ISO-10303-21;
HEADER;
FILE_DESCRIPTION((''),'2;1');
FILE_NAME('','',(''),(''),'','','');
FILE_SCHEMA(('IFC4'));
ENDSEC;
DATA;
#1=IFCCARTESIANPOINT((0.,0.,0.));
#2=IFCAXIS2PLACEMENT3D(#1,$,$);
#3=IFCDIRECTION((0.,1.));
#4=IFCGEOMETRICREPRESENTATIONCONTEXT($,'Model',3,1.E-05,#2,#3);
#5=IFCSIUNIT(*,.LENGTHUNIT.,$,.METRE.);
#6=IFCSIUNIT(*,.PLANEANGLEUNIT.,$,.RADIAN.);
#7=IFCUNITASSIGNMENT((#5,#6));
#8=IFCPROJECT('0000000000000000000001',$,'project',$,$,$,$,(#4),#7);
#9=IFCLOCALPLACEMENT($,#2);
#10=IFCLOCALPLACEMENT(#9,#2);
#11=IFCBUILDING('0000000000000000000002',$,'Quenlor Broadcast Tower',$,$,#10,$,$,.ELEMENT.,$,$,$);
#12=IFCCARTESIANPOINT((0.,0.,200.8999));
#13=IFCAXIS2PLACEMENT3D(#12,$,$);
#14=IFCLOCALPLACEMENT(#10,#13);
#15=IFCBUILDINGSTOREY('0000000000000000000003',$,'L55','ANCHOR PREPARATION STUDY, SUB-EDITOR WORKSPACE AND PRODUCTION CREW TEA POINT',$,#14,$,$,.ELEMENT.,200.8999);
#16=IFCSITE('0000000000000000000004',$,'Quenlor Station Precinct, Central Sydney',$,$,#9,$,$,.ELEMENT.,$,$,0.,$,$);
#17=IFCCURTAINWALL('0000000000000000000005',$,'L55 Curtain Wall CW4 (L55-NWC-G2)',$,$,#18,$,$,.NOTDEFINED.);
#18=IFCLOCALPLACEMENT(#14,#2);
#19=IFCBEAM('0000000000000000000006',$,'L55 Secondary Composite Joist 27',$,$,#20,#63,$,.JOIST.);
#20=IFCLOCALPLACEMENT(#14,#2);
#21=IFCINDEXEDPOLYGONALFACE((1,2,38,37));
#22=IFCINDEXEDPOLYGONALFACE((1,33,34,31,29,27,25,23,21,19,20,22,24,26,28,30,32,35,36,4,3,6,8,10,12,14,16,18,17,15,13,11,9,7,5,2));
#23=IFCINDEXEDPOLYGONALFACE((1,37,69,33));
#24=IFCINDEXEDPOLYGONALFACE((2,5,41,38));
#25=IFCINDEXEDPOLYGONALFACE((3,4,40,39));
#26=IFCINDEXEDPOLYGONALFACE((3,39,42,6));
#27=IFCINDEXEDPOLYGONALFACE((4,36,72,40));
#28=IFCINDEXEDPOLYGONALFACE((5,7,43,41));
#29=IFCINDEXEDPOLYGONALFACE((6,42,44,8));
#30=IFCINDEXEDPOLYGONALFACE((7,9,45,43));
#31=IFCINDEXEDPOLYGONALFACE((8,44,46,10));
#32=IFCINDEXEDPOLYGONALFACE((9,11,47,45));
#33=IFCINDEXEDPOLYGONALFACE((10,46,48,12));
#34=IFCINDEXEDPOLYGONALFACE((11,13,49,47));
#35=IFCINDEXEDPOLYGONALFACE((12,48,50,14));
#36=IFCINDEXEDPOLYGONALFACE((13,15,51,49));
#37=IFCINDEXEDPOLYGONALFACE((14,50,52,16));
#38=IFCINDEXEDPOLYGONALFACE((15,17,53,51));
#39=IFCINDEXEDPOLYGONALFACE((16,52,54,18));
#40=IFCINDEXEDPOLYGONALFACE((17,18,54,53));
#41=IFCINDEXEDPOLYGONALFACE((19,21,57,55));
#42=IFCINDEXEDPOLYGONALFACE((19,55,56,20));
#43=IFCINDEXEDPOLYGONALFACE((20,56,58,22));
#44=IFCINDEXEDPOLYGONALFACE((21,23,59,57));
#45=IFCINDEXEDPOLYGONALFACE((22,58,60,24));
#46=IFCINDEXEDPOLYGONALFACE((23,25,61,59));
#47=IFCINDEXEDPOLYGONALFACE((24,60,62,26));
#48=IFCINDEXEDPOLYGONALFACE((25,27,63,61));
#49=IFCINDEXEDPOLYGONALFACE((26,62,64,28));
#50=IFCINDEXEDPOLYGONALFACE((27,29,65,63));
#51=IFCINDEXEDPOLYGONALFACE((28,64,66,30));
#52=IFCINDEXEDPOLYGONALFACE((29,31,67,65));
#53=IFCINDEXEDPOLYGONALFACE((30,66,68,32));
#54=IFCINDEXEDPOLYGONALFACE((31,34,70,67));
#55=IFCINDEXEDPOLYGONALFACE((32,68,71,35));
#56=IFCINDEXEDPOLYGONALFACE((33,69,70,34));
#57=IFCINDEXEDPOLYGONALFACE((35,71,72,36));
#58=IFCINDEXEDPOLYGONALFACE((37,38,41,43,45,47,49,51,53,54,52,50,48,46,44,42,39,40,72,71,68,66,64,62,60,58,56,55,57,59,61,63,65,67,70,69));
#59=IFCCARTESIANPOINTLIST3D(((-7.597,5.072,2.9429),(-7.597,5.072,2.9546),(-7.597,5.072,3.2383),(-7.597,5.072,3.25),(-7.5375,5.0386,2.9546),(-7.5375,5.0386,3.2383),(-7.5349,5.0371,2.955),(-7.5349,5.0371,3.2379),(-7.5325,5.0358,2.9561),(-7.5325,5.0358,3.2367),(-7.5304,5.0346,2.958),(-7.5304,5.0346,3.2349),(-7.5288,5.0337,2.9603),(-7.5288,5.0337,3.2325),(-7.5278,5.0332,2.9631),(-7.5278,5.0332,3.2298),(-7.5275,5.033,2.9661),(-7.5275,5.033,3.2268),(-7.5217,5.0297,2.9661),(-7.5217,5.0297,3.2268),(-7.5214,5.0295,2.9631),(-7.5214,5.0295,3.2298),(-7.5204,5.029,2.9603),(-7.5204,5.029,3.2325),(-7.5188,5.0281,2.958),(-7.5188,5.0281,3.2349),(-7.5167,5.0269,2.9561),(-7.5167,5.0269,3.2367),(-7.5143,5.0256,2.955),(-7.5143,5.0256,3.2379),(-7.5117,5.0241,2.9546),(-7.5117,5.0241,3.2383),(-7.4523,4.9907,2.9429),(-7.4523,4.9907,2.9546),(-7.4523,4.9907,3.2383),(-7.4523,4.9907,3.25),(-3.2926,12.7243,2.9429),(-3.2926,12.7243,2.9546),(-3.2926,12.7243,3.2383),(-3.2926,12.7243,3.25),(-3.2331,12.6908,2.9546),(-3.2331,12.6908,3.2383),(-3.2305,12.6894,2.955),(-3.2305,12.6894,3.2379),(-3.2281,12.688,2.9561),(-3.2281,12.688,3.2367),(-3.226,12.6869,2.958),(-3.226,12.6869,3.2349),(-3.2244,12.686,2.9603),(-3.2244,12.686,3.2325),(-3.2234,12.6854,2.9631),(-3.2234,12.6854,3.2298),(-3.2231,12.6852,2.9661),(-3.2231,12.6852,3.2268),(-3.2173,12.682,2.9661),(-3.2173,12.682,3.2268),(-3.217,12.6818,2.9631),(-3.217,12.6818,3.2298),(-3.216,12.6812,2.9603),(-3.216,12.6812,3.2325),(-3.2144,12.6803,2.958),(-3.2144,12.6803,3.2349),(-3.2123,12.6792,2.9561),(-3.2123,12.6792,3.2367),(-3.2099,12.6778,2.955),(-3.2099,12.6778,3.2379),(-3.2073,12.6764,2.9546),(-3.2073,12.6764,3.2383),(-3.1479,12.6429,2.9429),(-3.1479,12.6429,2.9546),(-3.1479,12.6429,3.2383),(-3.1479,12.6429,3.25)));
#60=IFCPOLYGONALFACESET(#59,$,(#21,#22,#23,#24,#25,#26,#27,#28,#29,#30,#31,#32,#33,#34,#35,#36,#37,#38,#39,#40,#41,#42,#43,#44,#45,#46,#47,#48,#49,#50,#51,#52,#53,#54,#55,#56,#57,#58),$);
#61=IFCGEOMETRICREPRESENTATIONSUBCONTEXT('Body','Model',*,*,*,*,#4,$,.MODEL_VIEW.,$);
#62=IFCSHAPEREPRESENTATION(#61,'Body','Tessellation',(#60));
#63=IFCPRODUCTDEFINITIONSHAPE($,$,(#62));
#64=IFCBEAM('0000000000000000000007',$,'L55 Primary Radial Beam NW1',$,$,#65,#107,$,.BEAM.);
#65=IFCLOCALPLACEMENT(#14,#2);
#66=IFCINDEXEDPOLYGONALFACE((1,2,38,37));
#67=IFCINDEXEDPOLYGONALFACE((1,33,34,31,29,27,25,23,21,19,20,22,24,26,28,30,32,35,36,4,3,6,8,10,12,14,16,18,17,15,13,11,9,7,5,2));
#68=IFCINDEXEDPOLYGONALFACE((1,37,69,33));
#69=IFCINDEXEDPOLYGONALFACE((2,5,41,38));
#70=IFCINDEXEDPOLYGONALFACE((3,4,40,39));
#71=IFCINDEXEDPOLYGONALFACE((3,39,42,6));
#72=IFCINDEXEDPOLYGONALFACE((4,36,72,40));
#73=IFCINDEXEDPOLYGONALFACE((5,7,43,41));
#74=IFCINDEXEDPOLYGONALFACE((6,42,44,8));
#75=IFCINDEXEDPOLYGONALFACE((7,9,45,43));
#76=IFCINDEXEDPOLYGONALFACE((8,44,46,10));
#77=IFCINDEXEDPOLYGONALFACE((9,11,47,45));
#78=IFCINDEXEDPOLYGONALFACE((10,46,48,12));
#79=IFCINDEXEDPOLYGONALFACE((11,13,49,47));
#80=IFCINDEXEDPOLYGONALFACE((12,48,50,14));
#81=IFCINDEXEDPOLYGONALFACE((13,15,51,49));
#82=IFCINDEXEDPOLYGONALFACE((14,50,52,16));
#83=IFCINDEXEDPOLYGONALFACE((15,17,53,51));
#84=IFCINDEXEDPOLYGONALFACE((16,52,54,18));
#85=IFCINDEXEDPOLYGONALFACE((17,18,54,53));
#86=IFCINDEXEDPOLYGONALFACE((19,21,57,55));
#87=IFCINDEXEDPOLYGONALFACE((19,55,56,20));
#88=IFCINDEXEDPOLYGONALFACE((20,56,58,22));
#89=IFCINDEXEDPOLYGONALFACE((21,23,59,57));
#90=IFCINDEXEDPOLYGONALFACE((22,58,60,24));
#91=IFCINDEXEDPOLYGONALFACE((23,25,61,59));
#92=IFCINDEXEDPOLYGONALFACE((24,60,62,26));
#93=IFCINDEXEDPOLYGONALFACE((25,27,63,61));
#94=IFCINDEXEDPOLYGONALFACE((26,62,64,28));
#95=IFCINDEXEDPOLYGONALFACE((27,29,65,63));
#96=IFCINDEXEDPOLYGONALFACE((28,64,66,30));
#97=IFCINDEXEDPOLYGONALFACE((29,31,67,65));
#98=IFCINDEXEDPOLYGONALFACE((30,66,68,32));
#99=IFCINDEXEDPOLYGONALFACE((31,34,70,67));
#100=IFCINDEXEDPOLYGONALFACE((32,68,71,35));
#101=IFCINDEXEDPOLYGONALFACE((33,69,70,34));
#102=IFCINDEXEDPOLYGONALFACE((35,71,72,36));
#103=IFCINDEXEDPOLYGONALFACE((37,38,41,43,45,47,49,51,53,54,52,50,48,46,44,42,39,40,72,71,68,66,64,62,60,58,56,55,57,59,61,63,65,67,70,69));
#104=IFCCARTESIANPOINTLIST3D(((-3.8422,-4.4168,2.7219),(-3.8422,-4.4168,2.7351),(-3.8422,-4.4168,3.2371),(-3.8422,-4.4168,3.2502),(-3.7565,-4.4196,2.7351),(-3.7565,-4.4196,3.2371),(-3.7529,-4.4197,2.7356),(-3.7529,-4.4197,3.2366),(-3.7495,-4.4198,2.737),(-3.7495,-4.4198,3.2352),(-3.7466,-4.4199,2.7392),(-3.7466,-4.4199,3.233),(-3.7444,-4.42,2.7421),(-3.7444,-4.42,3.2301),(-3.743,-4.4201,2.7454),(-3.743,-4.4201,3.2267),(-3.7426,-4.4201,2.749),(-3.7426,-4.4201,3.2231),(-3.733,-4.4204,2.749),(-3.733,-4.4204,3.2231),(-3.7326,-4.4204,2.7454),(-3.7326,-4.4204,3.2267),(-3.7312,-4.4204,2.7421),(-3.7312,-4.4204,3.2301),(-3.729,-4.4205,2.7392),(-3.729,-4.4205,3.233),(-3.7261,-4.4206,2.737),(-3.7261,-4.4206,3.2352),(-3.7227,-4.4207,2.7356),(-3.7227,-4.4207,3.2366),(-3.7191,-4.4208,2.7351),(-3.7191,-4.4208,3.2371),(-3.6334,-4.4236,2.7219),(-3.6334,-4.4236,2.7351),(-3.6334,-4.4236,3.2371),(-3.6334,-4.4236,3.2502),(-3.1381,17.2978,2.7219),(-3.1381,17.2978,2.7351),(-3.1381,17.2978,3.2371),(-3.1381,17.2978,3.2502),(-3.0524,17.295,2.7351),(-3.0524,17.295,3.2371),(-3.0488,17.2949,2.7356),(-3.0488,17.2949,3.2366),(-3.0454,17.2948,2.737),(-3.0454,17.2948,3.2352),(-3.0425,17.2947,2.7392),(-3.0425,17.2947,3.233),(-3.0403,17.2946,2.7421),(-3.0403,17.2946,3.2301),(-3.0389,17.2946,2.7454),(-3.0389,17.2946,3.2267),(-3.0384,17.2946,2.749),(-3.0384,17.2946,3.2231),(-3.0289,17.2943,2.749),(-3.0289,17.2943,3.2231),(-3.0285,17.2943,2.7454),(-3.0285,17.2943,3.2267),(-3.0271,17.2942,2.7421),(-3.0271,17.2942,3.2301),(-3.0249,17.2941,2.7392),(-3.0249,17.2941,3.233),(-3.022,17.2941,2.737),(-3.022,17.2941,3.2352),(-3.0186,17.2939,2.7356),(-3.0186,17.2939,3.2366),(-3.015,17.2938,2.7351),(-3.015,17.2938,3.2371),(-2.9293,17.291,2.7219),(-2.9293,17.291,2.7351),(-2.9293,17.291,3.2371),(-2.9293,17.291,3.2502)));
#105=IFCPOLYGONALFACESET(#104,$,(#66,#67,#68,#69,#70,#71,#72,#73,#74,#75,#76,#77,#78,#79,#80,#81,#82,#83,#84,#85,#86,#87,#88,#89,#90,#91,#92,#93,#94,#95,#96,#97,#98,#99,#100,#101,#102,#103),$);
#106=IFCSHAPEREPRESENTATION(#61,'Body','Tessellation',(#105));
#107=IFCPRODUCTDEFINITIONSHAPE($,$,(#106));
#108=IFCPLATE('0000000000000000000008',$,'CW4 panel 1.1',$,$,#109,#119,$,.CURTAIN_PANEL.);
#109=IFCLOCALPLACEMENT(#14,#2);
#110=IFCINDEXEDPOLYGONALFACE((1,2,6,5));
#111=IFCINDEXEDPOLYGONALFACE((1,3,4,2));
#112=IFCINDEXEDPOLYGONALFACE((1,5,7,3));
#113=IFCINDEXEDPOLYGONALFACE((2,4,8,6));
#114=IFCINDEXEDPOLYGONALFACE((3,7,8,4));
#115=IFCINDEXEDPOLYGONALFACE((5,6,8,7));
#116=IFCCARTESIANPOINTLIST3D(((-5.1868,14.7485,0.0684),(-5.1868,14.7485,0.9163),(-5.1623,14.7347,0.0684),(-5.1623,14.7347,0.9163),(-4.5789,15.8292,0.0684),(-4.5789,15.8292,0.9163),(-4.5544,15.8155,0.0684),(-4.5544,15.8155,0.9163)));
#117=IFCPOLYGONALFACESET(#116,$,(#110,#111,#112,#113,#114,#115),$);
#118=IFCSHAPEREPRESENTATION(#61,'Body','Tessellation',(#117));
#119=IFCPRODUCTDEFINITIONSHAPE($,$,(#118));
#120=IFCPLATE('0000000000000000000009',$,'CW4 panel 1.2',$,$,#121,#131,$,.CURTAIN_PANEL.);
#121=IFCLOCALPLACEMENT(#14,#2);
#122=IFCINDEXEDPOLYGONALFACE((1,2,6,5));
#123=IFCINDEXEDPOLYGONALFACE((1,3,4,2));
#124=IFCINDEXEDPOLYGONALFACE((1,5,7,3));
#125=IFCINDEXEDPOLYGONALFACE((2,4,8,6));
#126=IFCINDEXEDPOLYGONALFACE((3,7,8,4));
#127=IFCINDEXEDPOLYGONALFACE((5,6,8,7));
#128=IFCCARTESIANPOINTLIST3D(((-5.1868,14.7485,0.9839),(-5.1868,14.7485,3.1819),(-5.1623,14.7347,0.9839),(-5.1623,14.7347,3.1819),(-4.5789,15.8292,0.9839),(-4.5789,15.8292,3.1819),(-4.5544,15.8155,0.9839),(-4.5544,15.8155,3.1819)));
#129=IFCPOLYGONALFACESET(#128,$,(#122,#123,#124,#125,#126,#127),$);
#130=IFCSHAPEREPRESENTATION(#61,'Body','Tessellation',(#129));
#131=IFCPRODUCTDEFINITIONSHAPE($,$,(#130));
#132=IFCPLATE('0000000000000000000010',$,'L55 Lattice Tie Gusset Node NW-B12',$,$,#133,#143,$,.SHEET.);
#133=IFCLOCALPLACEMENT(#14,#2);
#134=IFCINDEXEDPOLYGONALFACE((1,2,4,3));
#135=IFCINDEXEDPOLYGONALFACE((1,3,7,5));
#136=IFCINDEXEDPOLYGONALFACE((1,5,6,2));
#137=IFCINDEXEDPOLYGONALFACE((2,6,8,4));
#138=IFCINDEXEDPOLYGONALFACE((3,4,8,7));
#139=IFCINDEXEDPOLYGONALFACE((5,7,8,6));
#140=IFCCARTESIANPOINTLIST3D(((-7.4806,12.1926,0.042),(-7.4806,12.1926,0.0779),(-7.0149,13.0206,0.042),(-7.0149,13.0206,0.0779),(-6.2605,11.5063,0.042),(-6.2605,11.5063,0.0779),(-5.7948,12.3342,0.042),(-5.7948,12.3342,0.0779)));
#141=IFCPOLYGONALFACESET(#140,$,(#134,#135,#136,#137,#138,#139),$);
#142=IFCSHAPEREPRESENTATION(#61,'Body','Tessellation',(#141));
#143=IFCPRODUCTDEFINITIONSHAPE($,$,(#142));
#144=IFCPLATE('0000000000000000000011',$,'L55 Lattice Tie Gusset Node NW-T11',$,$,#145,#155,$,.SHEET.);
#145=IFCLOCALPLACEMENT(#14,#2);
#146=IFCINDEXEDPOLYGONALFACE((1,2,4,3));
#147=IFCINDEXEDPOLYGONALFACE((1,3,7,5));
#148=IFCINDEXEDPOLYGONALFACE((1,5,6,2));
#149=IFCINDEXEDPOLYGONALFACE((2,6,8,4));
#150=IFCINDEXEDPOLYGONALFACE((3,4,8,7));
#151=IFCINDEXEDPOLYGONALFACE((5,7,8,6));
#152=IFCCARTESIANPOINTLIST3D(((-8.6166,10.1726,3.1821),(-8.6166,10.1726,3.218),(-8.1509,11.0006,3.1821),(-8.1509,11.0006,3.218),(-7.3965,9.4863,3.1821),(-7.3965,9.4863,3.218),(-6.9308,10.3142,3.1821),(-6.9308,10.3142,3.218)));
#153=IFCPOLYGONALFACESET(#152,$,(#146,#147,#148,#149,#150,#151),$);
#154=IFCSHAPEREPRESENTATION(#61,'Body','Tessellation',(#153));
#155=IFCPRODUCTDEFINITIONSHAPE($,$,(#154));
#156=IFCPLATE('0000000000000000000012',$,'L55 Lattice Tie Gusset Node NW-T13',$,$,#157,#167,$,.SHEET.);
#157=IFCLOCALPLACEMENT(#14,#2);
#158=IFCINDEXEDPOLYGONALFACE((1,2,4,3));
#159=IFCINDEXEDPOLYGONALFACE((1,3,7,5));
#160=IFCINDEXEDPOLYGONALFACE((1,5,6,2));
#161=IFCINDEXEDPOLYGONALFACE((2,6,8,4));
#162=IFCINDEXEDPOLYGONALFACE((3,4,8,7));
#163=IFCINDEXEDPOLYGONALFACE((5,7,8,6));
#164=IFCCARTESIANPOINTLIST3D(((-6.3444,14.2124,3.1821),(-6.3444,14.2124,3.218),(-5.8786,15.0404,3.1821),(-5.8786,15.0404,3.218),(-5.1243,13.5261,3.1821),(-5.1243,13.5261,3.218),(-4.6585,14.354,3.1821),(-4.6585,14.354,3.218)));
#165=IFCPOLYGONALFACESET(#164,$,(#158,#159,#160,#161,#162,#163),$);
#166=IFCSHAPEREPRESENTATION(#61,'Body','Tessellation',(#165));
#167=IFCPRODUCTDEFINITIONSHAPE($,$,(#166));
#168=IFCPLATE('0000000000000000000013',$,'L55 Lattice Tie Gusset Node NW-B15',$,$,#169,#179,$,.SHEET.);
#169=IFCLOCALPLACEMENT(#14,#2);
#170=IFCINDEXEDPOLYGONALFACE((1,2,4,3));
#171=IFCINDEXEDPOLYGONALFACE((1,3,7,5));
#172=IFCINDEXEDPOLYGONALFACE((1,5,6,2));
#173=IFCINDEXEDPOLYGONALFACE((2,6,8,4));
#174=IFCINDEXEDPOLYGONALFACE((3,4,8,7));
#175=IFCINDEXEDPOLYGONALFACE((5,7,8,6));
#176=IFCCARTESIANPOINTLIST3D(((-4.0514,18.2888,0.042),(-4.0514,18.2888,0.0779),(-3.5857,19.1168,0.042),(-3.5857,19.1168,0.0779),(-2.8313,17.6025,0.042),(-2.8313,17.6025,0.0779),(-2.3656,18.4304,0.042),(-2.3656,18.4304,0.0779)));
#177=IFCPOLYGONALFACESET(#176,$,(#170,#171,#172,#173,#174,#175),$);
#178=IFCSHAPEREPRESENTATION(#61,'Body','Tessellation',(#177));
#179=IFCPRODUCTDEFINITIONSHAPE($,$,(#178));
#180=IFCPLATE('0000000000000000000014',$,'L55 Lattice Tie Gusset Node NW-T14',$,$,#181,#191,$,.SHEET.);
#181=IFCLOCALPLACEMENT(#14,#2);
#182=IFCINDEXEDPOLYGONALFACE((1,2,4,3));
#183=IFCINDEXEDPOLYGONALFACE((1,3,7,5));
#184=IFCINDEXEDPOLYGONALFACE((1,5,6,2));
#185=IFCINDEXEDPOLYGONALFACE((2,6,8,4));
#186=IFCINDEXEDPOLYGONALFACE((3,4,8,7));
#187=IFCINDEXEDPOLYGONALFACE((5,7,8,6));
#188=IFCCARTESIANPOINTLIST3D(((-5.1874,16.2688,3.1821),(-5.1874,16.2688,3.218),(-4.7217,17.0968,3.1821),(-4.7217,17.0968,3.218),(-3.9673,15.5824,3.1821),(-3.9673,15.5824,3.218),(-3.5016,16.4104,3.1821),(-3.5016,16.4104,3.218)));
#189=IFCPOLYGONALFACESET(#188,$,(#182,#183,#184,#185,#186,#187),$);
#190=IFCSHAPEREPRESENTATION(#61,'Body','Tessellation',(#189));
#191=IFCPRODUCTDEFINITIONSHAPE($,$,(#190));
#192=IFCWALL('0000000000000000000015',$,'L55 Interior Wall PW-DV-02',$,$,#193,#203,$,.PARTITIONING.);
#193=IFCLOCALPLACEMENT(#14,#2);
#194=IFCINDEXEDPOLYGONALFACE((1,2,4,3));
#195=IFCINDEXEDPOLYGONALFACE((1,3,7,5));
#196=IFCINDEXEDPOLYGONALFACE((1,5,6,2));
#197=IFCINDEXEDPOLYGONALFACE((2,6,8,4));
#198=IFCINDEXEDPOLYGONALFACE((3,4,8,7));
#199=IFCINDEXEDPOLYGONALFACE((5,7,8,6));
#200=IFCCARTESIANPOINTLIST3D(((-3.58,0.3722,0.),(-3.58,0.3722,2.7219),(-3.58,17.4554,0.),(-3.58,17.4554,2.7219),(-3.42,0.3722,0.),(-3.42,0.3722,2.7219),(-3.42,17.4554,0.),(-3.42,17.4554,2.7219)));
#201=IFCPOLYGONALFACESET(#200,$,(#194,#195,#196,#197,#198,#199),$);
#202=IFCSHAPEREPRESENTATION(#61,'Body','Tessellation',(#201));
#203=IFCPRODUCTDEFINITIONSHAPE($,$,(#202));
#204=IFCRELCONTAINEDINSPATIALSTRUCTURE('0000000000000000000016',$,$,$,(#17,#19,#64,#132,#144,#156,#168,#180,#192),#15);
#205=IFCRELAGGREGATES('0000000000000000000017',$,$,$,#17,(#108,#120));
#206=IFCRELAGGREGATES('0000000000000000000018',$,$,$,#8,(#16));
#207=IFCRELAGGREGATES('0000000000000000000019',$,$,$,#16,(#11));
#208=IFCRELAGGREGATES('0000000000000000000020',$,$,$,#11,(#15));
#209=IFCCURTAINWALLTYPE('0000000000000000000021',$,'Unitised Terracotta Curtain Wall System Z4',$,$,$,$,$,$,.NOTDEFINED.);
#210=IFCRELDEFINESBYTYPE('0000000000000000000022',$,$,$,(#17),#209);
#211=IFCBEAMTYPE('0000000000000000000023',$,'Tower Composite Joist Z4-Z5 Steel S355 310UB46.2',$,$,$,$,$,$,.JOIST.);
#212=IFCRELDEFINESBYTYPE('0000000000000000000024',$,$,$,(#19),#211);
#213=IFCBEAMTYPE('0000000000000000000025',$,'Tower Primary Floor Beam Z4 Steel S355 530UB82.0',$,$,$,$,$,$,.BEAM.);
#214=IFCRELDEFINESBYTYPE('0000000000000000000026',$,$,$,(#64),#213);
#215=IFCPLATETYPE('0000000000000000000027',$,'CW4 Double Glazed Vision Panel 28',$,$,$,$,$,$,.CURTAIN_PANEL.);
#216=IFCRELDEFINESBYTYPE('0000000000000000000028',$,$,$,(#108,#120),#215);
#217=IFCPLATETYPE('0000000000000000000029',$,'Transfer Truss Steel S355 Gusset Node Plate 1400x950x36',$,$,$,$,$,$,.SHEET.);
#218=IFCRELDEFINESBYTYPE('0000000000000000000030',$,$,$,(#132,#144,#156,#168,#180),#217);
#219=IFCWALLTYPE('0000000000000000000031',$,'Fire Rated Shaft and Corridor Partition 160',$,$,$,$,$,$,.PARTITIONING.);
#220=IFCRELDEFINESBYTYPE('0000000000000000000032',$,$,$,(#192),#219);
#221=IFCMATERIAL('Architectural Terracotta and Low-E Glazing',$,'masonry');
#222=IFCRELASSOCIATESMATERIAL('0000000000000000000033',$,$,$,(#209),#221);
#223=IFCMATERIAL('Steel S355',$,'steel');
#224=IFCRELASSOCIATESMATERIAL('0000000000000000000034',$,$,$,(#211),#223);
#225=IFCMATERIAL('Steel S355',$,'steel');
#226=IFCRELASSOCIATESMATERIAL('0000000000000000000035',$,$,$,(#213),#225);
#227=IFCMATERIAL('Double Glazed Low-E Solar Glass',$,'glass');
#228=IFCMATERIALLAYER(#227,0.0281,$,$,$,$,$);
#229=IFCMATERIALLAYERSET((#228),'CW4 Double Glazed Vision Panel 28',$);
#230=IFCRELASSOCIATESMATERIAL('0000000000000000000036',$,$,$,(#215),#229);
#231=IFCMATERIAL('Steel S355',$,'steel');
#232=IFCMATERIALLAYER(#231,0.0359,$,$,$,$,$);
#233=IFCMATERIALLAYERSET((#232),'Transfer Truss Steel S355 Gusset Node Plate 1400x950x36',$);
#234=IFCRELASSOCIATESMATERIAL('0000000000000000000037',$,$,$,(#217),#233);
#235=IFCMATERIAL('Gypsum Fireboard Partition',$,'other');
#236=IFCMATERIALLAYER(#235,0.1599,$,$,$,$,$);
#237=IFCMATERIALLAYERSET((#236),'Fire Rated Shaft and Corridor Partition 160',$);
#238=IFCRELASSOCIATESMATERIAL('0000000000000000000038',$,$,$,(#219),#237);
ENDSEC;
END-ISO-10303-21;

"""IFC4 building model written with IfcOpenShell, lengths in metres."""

from ifc_helpers import new_model, si_unit, direction, frame, frame_2d, origin, origin_2d, place, context, subcontext, project, spatial, rectangle, i_section, extrude, material, layer, layer_set, material_profile, profile_set, type_object, element, aggregate, save


model = new_model("IFC4")

# Units and contexts
model_context = context("Model", 3, precision=1e-05, world=origin(), true_north=direction((0.0, 1.0)))
body_context = subcontext(model_context, "Body", "Model", "MODEL_VIEW")
ifc_project = project(units=[si_unit("LENGTHUNIT", "METRE"), si_unit("PLANEANGLEUNIT", "RADIAN")], contexts=[model_context])

# Site, building, storey
site_placement = place(None, origin())
site = spatial("IfcSite", under=ifc_project, at=site_placement, Name="Quenlor Station Precinct, Central Sydney", CompositionType="ELEMENT", RefElevation=0.0)
building_placement = place(site_placement, origin())
building = spatial("IfcBuilding", under=site, at=building_placement, Name="Quenlor Broadcast Tower", CompositionType="ELEMENT")
storey_placement = place(building_placement, frame((0.0, 0.0, 200.8999)))
storey = spatial("IfcBuildingStorey", under=building, at=storey_placement, Name="L55", Description="ANCHOR PREPARATION STUDY, SUB-EDITOR WORKSPACE AND PRODUCTION CREW TEA POINT", CompositionType="ELEMENT", Elevation=200.8999)

# Curtain wall
ifc_material_1 = material(Name="Architectural Terracotta and Low-E Glazing", Category="masonry")
curtain_wall_type = type_object("IfcCurtainWallType", Name="Unitised Terracotta Curtain Wall System Z4", PredefinedType="NOTDEFINED", material=ifc_material_1)
curtain_wall_placement = place(storey_placement, origin())
curtain_wall = element("IfcCurtainWall", 1, at=curtain_wall_placement, inside=storey, type_object=curtain_wall_type, Name="L55 Curtain Wall CW4 (L55-NWC-G2)", PredefinedType="NOTDEFINED")

# Beams
ifc_material_2 = material(Name="Steel S355", Category="steel")
ifc_material_profile_1 = material_profile(ifc_material_2, i_section(OverallWidth=0.166, OverallDepth=0.3071, WebThickness=0.0066, FlangeThickness=0.0117, FilletRadius=0.0115, at=origin_2d()))
ifc_profile_set_1 = profile_set([ifc_material_profile_1], Name="Steel S355 310UB46.2")
beam_type_1 = type_object("IfcBeamType", Name="Tower Composite Joist Z4-Z5 Steel S355 310UB46.2", PredefinedType="JOIST", material=ifc_profile_set_1)
beam_1_placement = place(storey_placement, frame((-3.2202, 12.6836, 3.0964), z_axis=(-0.490261, -0.871576, 0.0), x_axis=(0.871576, -0.490261, 0.0)))
element("IfcBeam", 2, at=beam_1_placement, inside=storey, type_object=beam_type_1, Name="L55 Secondary Composite Joist 27", PredefinedType="JOIST", context=body_context, shape_type="SweptSolid", body=[
    extrude(i_section(OverallWidth=0.166, OverallDepth=0.3071, WebThickness=0.0066, FlangeThickness=0.0117, FilletRadius=0.0115, at=origin_2d()), origin(), (0.0, 0.0, 1.0), 8.7798),
])
ifc_material_3 = material(Name="Steel S355", Category="steel")
ifc_material_profile_2 = material_profile(ifc_material_3, i_section(OverallWidth=0.209, OverallDepth=0.5283, WebThickness=0.0095, FlangeThickness=0.0132, FilletRadius=0.0139, at=origin_2d()))
ifc_profile_set_2 = profile_set([ifc_material_profile_2], Name="Steel S355 530UB82.0")
beam_type_2 = type_object("IfcBeamType", Name="Tower Primary Floor Beam Z4 Steel S355 530UB82.0", PredefinedType="BEAM", material=ifc_profile_set_2)
beam_2_placement = place(storey_placement, frame((-3.0337, 17.2944, 2.9861), z_axis=(-0.032408, -0.999475, 0.0), x_axis=(0.999475, -0.032408, 0.0)))
element("IfcBeam", 3, at=beam_2_placement, inside=storey, type_object=beam_type_2, Name="L55 Primary Radial Beam NW1", PredefinedType="BEAM", context=body_context, shape_type="SweptSolid", body=[
    extrude(i_section(OverallWidth=0.209, OverallDepth=0.5283, WebThickness=0.0095, FlangeThickness=0.0132, FilletRadius=0.0139, at=origin_2d()), origin(), (0.0, 0.0, 1.0), 21.7261),
])

# Plates
ifc_material_4 = material(Name="Double Glazed Low-E Solar Glass", Category="glass")
ifc_layer_1 = layer(ifc_material_4, 0.0281)
ifc_layer_set_1 = layer_set([ifc_layer_1], Name="CW4 Double Glazed Vision Panel 28")
plate_type_1 = type_object("IfcPlateType", Name="CW4 Double Glazed Vision Panel 28", PredefinedType="CURTAIN_PANEL", material=ifc_layer_set_1)
plate_1_placement = place(storey_placement, frame((-4.8706, 15.282, 0.0684), z_axis=(0.0, 0.0, 1.0), x_axis=(0.490289, 0.87156, 0.0)))
plate_1 = element("IfcPlate", 4, at=plate_1_placement, type_object=plate_type_1, Name="CW4 panel 1.1", PredefinedType="CURTAIN_PANEL", context=body_context, shape_type="SweptSolid", body=[
    extrude(rectangle(XDim=1.24, YDim=0.0281, at=origin_2d()), origin(), (0.0, 0.0, 1.0), 0.8479),
])
plate_2_placement = place(storey_placement, frame((-4.8706, 15.282, 0.9839), z_axis=(0.0, 0.0, 1.0), x_axis=(0.490289, 0.87156, 0.0)))
plate_2 = element("IfcPlate", 5, at=plate_2_placement, type_object=plate_type_1, Name="CW4 panel 1.2", PredefinedType="CURTAIN_PANEL", context=body_context, shape_type="SweptSolid", body=[
    extrude(rectangle(XDim=1.24, YDim=0.0281, at=origin_2d()), origin(), (0.0, 0.0, 1.0), 2.198),
])
aggregate(curtain_wall, [plate_1, plate_2])

# Plates
ifc_material_5 = material(Name="Steel S355", Category="steel")
ifc_layer_2 = layer(ifc_material_5, 0.0359)
ifc_layer_set_2 = layer_set([ifc_layer_2], Name="Transfer Truss Steel S355 Gusset Node Plate 1400x950x36")
plate_type_2 = type_object("IfcPlateType", Name="Transfer Truss Steel S355 Gusset Node Plate 1400x950x36", PredefinedType="SHEET", material=ifc_layer_set_2)
for number, where, z_axis, x_axis, name in (
    (6, (-6.6377, 12.2634, 0.042), (0.0, 0.0, 1.0), (-0.871556, 0.490295, 0.0), "L55 Lattice Tie Gusset Node NW-B12"),
    (7, (-7.7737, 10.2434, 3.1821), (0.0, 0.0, 1.0), (-0.871556, 0.490295, 0.0), "L55 Lattice Tie Gusset Node NW-T11"),
    (8, (-5.5015, 14.2832, 3.1821), (0.0, 0.0, 1.0), (-0.871556, 0.490295, 0.0), "L55 Lattice Tie Gusset Node NW-T13"),
    (9, (-3.2085, 18.3596, 0.042), (0.0, 0.0, 1.0), (-0.871556, 0.490295, 0.0), "L55 Lattice Tie Gusset Node NW-B15"),
    (10, (-4.3445, 16.3396, 3.1821), (0.0, 0.0, 1.0), (-0.871556, 0.490295, 0.0), "L55 Lattice Tie Gusset Node NW-T14"),
):
    element("IfcPlate", number, at=place(storey_placement, frame(where, z_axis=z_axis, x_axis=x_axis)), inside=storey, type_object=plate_type_2, Name=name, PredefinedType="SHEET", context=body_context, shape_type="SweptSolid", body=[
        extrude(rectangle(XDim=1.3999, YDim=0.95, at=origin_2d()), origin(), (0.0, 0.0, 1.0), 0.0359),
    ])

# Wall
ifc_material_6 = material(Name="Gypsum Fireboard Partition", Category="other")
ifc_layer_3 = layer(ifc_material_6, 0.1599)
ifc_layer_set_3 = layer_set([ifc_layer_3], Name="Fire Rated Shaft and Corridor Partition 160")
wall_type_1 = type_object("IfcWallType", Name="Fire Rated Shaft and Corridor Partition 160", PredefinedType="PARTITIONING", material=ifc_layer_set_3)
wall_1_placement = place(storey_placement, frame((-3.5, 17.4553, 0.0), z_axis=(0.0, 0.0, 1.0), x_axis=(0.0, -1.0, 0.0)))
element("IfcWall", 11, at=wall_1_placement, inside=storey, type_object=wall_type_1, Name="L55 Interior Wall PW-DV-02", PredefinedType="PARTITIONING", context=body_context, shape_type="SweptSolid", body=[
    extrude(rectangle(XDim=17.0833, YDim=0.1599, at=frame_2d((8.5415, 0.0))), origin(), (0.0, 0.0, 1.0), 2.7219),
])

save(model, "model.ifc")
